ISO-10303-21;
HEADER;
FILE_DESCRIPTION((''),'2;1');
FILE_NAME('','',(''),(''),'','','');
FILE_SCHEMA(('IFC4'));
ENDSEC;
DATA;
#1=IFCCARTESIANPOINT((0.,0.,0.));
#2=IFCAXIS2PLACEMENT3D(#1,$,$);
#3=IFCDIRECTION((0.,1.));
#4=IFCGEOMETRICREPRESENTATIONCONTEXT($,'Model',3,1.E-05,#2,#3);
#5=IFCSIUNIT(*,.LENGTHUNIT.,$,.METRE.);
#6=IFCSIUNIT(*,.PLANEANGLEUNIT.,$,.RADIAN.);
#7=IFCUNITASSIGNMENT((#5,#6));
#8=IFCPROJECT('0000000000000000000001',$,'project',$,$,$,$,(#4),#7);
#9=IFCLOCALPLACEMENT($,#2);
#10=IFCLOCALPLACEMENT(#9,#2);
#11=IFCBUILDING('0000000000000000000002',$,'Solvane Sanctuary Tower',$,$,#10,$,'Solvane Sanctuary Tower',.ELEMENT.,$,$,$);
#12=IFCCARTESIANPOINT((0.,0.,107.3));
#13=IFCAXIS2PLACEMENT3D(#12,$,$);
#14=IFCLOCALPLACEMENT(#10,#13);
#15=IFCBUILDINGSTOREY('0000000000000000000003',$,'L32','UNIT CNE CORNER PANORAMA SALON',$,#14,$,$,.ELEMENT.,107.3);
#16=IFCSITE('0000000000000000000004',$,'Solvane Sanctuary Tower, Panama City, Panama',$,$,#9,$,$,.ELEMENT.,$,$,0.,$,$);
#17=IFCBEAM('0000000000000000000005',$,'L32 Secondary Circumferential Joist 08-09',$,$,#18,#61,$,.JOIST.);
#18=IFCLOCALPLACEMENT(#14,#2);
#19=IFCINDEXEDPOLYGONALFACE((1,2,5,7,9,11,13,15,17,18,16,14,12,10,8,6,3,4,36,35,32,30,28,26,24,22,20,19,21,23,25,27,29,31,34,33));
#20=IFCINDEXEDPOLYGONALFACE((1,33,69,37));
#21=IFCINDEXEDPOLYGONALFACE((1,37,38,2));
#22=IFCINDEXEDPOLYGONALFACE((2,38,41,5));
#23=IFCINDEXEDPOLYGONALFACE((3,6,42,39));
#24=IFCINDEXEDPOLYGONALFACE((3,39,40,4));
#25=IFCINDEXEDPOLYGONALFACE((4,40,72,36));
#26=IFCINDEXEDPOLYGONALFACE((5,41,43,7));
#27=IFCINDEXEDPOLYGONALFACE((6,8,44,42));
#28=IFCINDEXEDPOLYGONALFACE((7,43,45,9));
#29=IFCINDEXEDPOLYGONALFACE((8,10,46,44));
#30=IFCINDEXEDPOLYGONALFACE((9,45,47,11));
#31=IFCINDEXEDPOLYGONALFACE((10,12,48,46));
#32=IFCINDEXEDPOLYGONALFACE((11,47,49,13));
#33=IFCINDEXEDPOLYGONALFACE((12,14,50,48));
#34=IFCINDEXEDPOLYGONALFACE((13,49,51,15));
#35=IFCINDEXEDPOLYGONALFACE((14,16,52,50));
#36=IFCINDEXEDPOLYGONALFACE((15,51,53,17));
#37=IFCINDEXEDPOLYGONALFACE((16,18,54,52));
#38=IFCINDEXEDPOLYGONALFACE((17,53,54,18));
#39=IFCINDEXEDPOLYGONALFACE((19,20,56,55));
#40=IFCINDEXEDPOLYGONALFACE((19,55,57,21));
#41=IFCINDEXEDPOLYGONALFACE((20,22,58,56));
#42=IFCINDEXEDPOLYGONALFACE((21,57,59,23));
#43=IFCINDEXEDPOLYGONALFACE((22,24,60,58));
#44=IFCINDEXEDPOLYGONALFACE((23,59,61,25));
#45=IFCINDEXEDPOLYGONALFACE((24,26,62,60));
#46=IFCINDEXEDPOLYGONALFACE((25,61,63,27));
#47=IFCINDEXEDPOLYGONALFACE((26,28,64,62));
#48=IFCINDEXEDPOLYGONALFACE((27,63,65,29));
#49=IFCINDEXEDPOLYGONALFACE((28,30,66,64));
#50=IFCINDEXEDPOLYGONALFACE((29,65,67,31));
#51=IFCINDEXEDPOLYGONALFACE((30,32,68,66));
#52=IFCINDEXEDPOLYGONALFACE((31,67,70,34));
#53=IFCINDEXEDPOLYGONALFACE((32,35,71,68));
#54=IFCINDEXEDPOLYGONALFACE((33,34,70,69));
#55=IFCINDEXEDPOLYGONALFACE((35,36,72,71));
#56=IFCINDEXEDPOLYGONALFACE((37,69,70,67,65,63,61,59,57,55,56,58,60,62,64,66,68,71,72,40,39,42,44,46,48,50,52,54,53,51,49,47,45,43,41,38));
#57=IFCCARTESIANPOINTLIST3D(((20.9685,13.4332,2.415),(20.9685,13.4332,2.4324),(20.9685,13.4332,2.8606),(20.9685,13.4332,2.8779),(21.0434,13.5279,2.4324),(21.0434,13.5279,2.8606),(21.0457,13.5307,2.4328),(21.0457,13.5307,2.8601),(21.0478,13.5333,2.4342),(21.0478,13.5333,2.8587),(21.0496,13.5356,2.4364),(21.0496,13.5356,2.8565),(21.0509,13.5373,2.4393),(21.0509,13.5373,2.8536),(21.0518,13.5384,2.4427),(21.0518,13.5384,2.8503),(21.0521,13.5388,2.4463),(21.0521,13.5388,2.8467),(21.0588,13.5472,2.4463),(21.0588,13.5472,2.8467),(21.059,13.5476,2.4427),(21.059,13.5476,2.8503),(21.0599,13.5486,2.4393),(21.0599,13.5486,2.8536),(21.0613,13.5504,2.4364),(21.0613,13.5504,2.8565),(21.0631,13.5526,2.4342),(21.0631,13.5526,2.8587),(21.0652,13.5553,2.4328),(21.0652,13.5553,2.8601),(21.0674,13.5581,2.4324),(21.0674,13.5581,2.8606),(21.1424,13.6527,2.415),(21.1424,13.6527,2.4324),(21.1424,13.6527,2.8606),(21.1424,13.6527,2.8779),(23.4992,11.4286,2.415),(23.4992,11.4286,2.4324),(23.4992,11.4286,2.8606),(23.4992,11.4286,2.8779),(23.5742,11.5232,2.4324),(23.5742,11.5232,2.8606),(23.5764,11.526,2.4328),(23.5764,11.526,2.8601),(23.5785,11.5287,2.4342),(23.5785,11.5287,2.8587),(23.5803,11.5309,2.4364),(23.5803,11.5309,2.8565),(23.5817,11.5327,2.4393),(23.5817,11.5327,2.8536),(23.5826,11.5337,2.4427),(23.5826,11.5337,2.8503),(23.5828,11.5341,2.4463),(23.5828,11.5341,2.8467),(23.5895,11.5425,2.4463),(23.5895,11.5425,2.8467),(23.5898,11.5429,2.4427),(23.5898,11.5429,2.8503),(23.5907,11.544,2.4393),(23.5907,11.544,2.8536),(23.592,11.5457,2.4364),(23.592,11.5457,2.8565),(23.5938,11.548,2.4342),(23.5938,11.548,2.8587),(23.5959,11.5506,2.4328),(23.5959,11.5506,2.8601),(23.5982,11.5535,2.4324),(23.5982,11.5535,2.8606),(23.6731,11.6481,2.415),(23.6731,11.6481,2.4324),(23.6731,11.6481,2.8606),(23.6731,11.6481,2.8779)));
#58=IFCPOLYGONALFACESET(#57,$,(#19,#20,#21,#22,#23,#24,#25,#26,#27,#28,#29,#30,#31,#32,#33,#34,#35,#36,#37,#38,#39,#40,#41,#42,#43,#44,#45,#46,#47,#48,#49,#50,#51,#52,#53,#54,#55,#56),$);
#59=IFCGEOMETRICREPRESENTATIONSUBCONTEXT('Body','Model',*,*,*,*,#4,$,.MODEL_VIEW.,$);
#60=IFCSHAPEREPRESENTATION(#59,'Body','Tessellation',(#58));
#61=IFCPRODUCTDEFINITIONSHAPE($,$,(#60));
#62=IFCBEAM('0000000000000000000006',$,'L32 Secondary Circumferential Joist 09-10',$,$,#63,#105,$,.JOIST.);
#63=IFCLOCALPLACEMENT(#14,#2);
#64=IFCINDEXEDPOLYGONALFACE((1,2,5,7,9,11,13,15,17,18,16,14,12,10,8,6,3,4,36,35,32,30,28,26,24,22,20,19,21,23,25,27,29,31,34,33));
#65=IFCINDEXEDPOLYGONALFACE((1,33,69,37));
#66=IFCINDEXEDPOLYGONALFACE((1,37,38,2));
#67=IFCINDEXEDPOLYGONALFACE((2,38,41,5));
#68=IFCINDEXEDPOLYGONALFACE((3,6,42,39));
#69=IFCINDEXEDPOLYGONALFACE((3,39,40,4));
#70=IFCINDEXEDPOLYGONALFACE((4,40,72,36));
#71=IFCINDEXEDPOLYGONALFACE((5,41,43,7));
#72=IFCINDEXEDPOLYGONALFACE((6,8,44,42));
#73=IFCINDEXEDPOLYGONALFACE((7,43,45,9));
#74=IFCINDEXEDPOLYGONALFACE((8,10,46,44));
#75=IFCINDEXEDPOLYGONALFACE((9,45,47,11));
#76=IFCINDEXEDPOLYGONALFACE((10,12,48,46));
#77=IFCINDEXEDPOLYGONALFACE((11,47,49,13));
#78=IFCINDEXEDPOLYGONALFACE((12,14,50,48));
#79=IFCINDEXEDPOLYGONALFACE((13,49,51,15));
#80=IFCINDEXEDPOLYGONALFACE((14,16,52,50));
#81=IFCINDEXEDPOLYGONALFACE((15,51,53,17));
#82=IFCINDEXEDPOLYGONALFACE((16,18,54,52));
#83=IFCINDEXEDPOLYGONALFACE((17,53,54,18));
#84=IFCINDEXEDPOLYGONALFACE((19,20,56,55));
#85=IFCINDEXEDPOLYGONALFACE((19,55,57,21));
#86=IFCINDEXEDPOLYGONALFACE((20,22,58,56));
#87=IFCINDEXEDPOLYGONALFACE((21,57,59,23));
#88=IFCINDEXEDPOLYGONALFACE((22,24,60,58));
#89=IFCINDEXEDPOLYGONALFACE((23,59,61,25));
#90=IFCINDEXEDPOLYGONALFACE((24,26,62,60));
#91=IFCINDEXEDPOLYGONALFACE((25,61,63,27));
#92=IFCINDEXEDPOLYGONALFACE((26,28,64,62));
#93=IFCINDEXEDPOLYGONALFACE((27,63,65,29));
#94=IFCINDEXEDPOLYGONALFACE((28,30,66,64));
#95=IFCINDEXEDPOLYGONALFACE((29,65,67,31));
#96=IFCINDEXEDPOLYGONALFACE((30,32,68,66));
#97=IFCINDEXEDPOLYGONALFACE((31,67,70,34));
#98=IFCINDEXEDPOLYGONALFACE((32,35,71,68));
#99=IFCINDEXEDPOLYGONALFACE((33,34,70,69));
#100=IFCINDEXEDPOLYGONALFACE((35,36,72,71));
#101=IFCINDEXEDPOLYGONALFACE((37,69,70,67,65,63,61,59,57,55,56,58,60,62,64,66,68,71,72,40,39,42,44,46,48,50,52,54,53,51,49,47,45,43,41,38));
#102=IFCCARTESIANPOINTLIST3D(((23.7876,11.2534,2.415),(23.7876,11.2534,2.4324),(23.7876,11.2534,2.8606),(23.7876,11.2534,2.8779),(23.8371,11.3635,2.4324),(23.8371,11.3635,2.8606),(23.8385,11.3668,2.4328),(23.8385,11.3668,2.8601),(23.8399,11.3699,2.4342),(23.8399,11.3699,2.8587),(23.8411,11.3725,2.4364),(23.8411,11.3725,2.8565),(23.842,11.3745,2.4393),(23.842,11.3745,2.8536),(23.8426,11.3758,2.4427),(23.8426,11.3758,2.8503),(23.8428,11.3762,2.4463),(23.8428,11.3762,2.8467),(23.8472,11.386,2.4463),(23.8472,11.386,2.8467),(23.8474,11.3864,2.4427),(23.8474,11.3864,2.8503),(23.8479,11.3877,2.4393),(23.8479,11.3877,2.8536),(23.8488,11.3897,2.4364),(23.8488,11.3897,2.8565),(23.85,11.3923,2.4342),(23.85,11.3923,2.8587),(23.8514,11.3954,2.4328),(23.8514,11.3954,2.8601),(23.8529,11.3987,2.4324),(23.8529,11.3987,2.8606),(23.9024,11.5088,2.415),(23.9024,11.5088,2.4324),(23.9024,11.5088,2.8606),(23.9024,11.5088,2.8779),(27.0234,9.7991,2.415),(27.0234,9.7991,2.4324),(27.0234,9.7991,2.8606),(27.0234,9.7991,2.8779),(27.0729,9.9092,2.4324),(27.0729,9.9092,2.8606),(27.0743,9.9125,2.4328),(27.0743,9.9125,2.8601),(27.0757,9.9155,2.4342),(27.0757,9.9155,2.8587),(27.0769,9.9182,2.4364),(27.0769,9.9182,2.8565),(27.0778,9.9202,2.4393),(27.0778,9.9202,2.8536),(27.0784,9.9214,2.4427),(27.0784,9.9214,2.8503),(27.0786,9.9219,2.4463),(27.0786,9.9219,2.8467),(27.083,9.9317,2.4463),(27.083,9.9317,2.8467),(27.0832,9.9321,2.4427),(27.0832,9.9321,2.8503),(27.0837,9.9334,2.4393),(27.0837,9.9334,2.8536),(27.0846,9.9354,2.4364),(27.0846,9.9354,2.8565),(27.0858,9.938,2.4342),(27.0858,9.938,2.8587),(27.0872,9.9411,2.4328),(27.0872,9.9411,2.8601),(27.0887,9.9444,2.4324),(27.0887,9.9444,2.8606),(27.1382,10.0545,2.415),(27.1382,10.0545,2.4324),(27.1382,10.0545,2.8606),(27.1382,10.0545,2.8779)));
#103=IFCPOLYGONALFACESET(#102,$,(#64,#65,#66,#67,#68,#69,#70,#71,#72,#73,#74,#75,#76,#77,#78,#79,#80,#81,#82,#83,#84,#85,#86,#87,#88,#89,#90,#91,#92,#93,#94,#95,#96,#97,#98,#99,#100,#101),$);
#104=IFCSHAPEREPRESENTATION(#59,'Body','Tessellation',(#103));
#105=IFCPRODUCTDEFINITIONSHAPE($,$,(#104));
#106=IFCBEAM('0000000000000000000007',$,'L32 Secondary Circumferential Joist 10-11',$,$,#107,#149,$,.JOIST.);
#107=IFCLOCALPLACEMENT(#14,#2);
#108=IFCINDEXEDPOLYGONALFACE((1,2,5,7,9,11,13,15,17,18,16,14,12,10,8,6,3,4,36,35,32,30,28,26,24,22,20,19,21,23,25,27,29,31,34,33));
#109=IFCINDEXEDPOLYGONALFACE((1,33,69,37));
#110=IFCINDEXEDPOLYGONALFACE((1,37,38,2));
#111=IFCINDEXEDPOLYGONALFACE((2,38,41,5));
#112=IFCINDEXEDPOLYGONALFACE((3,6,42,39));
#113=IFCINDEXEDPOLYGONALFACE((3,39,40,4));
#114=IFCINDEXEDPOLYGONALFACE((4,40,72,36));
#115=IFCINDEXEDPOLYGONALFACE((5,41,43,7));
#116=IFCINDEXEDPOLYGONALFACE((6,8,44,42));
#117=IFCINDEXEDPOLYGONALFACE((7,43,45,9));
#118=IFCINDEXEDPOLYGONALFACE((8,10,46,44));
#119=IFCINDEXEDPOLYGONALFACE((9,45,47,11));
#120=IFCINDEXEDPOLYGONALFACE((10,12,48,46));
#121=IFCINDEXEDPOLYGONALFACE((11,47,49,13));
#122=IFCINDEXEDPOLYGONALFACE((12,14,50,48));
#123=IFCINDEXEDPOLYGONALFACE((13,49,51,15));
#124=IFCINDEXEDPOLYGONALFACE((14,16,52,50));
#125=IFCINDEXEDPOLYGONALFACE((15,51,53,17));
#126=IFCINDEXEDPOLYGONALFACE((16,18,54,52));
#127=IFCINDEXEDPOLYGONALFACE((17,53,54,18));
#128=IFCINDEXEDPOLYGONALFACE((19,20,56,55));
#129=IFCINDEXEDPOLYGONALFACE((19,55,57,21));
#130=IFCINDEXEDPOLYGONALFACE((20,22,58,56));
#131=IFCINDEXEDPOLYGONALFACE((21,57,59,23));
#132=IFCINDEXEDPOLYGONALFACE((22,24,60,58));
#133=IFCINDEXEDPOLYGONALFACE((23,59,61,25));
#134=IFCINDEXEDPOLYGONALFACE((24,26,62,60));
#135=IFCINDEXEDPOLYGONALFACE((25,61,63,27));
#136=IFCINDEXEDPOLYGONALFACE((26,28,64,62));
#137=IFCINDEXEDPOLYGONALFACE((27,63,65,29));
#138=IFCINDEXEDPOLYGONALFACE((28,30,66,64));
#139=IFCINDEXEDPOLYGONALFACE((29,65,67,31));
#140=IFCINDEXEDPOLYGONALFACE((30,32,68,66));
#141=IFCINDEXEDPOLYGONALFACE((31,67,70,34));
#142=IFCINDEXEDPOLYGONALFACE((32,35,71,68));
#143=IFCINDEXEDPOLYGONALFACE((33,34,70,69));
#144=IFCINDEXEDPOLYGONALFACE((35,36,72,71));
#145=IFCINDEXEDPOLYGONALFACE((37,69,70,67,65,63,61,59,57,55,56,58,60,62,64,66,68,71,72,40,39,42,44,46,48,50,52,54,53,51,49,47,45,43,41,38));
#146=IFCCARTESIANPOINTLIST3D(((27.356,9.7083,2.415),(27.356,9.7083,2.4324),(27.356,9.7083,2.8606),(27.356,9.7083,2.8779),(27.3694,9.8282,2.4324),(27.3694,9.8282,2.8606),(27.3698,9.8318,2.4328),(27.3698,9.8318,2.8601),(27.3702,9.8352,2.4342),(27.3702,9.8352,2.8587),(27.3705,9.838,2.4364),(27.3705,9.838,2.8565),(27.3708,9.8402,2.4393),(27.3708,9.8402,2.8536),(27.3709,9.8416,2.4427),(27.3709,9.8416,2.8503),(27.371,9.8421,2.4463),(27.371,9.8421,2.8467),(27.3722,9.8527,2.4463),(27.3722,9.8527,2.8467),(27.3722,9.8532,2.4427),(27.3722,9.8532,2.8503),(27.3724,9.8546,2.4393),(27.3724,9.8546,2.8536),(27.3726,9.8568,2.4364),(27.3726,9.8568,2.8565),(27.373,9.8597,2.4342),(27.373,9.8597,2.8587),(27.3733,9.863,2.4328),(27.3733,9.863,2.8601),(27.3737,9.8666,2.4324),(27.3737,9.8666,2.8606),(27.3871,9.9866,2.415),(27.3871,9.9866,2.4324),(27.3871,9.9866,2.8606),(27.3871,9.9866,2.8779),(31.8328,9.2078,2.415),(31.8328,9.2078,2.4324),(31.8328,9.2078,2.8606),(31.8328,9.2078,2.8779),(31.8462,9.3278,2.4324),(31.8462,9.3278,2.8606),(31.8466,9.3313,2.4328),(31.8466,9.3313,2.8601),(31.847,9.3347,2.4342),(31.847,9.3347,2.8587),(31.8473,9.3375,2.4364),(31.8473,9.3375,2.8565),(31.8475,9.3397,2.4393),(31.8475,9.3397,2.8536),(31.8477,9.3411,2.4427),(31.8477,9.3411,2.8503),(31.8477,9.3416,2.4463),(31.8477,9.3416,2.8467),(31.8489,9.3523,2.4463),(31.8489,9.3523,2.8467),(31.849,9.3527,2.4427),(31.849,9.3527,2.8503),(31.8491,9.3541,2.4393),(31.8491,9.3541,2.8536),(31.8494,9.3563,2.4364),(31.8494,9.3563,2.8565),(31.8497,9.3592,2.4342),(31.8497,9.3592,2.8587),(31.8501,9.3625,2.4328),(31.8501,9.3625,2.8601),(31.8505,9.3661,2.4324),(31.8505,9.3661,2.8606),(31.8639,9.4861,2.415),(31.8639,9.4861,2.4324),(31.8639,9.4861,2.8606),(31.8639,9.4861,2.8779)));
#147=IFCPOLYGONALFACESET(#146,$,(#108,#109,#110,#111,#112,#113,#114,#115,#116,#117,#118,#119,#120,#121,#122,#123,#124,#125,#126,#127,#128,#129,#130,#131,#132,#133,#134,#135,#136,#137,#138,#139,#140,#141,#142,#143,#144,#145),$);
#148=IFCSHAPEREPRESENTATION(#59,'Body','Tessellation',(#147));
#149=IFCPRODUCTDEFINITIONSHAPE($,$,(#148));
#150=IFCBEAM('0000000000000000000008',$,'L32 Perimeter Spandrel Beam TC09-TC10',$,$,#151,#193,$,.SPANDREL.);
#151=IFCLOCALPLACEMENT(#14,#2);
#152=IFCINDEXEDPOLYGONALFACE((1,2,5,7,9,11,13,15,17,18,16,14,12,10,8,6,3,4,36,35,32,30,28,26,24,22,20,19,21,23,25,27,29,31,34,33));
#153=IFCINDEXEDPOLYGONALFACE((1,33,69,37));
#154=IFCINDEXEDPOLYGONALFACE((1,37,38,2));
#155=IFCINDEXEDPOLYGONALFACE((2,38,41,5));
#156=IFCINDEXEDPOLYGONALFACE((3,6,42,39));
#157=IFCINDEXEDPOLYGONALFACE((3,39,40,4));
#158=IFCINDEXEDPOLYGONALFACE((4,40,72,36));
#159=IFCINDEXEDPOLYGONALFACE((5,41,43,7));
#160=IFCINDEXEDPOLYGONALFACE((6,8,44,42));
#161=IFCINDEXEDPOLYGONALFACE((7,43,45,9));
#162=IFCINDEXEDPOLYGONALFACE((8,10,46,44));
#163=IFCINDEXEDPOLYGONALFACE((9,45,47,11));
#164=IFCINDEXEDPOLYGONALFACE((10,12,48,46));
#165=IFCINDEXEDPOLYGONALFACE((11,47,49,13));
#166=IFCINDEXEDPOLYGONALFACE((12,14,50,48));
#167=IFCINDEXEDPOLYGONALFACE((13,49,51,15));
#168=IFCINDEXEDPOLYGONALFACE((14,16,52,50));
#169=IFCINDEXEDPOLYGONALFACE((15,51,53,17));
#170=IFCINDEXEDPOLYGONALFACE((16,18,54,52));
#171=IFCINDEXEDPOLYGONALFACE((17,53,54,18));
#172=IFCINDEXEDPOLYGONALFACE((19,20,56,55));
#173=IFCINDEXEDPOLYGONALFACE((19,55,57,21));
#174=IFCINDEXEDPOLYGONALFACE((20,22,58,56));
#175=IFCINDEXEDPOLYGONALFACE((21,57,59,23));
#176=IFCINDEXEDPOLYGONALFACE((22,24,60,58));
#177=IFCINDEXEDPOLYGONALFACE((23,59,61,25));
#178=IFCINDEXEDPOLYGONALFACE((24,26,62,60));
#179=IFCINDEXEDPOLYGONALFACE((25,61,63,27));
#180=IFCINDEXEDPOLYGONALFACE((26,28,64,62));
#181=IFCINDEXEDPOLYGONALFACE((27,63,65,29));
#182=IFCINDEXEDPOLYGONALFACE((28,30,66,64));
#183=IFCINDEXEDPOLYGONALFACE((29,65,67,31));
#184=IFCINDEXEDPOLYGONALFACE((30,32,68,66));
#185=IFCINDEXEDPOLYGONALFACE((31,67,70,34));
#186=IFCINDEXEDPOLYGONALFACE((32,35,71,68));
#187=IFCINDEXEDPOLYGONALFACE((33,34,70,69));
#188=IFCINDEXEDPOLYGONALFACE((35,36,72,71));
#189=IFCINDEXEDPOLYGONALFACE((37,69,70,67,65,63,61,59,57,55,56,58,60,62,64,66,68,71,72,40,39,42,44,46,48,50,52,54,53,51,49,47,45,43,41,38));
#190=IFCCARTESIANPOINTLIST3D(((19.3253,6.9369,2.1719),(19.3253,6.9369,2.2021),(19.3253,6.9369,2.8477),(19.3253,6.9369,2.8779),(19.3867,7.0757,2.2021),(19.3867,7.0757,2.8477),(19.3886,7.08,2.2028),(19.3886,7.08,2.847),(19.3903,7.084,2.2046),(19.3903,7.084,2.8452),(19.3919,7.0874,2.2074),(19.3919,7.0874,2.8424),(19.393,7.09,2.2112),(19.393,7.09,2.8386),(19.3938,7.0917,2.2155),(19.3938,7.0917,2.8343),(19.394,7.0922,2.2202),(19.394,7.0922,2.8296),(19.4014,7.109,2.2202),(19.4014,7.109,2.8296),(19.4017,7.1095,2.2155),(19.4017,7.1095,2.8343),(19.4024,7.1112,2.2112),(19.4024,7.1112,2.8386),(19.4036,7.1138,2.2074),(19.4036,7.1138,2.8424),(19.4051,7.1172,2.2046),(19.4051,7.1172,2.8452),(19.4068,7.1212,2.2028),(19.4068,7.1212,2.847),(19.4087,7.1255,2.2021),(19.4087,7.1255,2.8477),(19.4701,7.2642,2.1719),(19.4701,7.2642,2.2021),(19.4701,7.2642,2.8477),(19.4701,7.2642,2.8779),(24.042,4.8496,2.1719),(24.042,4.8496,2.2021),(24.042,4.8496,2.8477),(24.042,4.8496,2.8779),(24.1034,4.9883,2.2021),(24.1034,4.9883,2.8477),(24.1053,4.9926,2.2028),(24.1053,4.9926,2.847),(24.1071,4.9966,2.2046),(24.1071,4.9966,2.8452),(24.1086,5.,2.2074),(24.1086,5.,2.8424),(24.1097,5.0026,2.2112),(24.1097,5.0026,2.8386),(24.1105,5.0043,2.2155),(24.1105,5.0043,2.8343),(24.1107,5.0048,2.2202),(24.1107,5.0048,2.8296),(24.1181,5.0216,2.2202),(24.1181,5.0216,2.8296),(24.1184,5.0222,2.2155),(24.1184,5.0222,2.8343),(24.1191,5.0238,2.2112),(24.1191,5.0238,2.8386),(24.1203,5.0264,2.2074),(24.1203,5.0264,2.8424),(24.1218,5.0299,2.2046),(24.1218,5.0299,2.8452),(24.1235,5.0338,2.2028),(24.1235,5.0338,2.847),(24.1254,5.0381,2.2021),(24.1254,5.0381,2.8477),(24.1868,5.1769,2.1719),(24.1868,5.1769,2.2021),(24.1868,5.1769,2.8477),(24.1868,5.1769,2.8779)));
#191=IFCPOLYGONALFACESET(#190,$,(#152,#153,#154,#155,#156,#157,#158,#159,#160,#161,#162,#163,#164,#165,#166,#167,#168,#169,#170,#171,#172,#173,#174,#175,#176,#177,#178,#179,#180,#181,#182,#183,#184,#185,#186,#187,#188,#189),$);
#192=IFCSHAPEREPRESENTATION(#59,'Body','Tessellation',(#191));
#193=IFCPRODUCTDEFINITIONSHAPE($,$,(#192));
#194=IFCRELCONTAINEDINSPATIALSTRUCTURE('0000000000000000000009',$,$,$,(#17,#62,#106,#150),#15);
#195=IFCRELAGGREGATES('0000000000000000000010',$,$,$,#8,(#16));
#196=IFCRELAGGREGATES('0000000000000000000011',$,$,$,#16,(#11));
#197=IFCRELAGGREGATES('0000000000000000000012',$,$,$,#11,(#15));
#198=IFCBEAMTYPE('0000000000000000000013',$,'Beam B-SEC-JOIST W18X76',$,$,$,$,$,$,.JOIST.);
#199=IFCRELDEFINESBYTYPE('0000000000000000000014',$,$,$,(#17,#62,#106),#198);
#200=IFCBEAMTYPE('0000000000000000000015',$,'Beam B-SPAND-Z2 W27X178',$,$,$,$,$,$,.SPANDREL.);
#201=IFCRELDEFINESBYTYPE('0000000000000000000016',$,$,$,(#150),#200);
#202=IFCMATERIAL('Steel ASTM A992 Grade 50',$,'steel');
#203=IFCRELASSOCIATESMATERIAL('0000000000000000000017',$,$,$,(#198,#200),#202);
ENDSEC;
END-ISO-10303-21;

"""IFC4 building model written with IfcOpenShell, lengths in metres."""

from ifc_helpers import new_model, si_unit, direction, frame, origin, origin_2d, place, context, subcontext, project, spatial, i_section, extrude, material, material_profile, profile_set, type_object, element, save


model = new_model("IFC4")

# Units and contexts
model_context = context("Model", 3, precision=1e-05, world=origin(), true_north=direction((0.0, 1.0)))
body_context = subcontext(model_context, "Body", "Model", "MODEL_VIEW")
ifc_project = project(units=[si_unit("LENGTHUNIT", "METRE"), si_unit("PLANEANGLEUNIT", "RADIAN")], contexts=[model_context])

# Site, building, storey
site_placement = place(None, origin())
site = spatial("IfcSite", under=ifc_project, at=site_placement, Name="Solvane Sanctuary Tower, Panama City, Panama", CompositionType="ELEMENT", RefElevation=0.0)
building_placement = place(site_placement, origin())
building = spatial("IfcBuilding", under=site, at=building_placement, Name="Solvane Sanctuary Tower", LongName="Solvane Sanctuary Tower", CompositionType="ELEMENT")
storey_placement = place(building_placement, frame((0.0, 0.0, 107.3)))
storey = spatial("IfcBuildingStorey", under=building, at=storey_placement, Name="L32", Description="UNIT CNE CORNER PANORAMA SALON", CompositionType="ELEMENT", Elevation=107.3)

# Beams
ifc_material_1 = material(Name="Steel ASTM A992 Grade 50", Category="steel")
ifc_material_profile_1 = material_profile(ifc_material_1, i_section(OverallWidth=0.28, OverallDepth=0.4629, WebThickness=0.0107, FlangeThickness=0.0173, FilletRadius=0.0139, at=origin_2d()), Name="W18X76")
ifc_profile_set_1 = profile_set([ifc_material_profile_1], Name="Steel ASTM A992 Grade 50")
beam_type_1 = type_object("IfcBeamType", Name="Beam B-SEC-JOIST W18X76", PredefinedType="JOIST", material=ifc_profile_set_1)
beam_1_placement = place(storey_placement, frame((21.0554, 13.543, 2.6465), z_axis=(0.783877, -0.620916, 0.0), x_axis=(0.620916, 0.783877, 0.0)))
element("IfcBeam", 1, at=beam_1_placement, inside=storey, type_object=beam_type_1, Name="L32 Secondary Circumferential Joist 08-09", PredefinedType="JOIST", context=body_context, shape_type="SweptSolid", body=[
    extrude(i_section(OverallWidth=0.28, OverallDepth=0.4629, WebThickness=0.0107, FlangeThickness=0.0173, FilletRadius=0.0139, at=origin_2d()), origin(), (0.0, 0.0, 1.0), 3.2285),
])
beam_2_placement = place(storey_placement, frame((23.845, 11.3811, 2.6465), z_axis=(0.912109, -0.409947, 0.0), x_axis=(0.409947, 0.912109, 0.0)))
element("IfcBeam", 2, at=beam_2_placement, inside=storey, type_object=beam_type_1, Name="L32 Secondary Circumferential Joist 09-10", PredefinedType="JOIST", context=body_context, shape_type="SweptSolid", body=[
    extrude(i_section(OverallWidth=0.28, OverallDepth=0.4629, WebThickness=0.0107, FlangeThickness=0.0173, FilletRadius=0.0139, at=origin_2d()), origin(), (0.0, 0.0, 1.0), 3.5476),
])
beam_3_placement = place(storey_placement, frame((27.3716, 9.8474, 2.6465), z_axis=(0.993809, -0.111104, 0.0), x_axis=(0.111104, 0.993809, 0.0)))
element("IfcBeam", 3, at=beam_3_placement, inside=storey, type_object=beam_type_1, Name="L32 Secondary Circumferential Joist 10-11", PredefinedType="JOIST", context=body_context, shape_type="SweptSolid", body=[
    extrude(i_section(OverallWidth=0.28, OverallDepth=0.4629, WebThickness=0.0107, FlangeThickness=0.0173, FilletRadius=0.0139, at=origin_2d()), origin(), (0.0, 0.0, 1.0), 4.5046),
])
ifc_material_profile_2 = material_profile(ifc_material_1, i_section(OverallWidth=0.3579, OverallDepth=0.7061, WebThickness=0.0183, FlangeThickness=0.0303, FilletRadius=0.0181, at=origin_2d()), Name="W27X178")
ifc_profile_set_2 = profile_set([ifc_material_profile_2], Name="Steel ASTM A992 Grade 50")
beam_type_2 = type_object("IfcBeamType", Name="Beam B-SPAND-Z2 W27X178", PredefinedType="SPANDREL", material=ifc_profile_set_2)
beam_4_placement = place(storey_placement, frame((19.3977, 7.1006, 2.5249), z_axis=(0.914455, -0.404689, 0.0), x_axis=(0.404689, 0.914455, 0.0)))
element("IfcBeam", 4, at=beam_4_placement, inside=storey, type_object=beam_type_2, Name="L32 Perimeter Spandrel Beam TC09-TC10", PredefinedType="SPANDREL", context=body_context, shape_type="SweptSolid", body=[
    extrude(i_section(OverallWidth=0.3579, OverallDepth=0.7061, WebThickness=0.0183, FlangeThickness=0.0303, FilletRadius=0.0181, at=origin_2d()), origin(), (0.0, 0.0, 1.0), 5.158),
])

save(model, "model.ifc")
